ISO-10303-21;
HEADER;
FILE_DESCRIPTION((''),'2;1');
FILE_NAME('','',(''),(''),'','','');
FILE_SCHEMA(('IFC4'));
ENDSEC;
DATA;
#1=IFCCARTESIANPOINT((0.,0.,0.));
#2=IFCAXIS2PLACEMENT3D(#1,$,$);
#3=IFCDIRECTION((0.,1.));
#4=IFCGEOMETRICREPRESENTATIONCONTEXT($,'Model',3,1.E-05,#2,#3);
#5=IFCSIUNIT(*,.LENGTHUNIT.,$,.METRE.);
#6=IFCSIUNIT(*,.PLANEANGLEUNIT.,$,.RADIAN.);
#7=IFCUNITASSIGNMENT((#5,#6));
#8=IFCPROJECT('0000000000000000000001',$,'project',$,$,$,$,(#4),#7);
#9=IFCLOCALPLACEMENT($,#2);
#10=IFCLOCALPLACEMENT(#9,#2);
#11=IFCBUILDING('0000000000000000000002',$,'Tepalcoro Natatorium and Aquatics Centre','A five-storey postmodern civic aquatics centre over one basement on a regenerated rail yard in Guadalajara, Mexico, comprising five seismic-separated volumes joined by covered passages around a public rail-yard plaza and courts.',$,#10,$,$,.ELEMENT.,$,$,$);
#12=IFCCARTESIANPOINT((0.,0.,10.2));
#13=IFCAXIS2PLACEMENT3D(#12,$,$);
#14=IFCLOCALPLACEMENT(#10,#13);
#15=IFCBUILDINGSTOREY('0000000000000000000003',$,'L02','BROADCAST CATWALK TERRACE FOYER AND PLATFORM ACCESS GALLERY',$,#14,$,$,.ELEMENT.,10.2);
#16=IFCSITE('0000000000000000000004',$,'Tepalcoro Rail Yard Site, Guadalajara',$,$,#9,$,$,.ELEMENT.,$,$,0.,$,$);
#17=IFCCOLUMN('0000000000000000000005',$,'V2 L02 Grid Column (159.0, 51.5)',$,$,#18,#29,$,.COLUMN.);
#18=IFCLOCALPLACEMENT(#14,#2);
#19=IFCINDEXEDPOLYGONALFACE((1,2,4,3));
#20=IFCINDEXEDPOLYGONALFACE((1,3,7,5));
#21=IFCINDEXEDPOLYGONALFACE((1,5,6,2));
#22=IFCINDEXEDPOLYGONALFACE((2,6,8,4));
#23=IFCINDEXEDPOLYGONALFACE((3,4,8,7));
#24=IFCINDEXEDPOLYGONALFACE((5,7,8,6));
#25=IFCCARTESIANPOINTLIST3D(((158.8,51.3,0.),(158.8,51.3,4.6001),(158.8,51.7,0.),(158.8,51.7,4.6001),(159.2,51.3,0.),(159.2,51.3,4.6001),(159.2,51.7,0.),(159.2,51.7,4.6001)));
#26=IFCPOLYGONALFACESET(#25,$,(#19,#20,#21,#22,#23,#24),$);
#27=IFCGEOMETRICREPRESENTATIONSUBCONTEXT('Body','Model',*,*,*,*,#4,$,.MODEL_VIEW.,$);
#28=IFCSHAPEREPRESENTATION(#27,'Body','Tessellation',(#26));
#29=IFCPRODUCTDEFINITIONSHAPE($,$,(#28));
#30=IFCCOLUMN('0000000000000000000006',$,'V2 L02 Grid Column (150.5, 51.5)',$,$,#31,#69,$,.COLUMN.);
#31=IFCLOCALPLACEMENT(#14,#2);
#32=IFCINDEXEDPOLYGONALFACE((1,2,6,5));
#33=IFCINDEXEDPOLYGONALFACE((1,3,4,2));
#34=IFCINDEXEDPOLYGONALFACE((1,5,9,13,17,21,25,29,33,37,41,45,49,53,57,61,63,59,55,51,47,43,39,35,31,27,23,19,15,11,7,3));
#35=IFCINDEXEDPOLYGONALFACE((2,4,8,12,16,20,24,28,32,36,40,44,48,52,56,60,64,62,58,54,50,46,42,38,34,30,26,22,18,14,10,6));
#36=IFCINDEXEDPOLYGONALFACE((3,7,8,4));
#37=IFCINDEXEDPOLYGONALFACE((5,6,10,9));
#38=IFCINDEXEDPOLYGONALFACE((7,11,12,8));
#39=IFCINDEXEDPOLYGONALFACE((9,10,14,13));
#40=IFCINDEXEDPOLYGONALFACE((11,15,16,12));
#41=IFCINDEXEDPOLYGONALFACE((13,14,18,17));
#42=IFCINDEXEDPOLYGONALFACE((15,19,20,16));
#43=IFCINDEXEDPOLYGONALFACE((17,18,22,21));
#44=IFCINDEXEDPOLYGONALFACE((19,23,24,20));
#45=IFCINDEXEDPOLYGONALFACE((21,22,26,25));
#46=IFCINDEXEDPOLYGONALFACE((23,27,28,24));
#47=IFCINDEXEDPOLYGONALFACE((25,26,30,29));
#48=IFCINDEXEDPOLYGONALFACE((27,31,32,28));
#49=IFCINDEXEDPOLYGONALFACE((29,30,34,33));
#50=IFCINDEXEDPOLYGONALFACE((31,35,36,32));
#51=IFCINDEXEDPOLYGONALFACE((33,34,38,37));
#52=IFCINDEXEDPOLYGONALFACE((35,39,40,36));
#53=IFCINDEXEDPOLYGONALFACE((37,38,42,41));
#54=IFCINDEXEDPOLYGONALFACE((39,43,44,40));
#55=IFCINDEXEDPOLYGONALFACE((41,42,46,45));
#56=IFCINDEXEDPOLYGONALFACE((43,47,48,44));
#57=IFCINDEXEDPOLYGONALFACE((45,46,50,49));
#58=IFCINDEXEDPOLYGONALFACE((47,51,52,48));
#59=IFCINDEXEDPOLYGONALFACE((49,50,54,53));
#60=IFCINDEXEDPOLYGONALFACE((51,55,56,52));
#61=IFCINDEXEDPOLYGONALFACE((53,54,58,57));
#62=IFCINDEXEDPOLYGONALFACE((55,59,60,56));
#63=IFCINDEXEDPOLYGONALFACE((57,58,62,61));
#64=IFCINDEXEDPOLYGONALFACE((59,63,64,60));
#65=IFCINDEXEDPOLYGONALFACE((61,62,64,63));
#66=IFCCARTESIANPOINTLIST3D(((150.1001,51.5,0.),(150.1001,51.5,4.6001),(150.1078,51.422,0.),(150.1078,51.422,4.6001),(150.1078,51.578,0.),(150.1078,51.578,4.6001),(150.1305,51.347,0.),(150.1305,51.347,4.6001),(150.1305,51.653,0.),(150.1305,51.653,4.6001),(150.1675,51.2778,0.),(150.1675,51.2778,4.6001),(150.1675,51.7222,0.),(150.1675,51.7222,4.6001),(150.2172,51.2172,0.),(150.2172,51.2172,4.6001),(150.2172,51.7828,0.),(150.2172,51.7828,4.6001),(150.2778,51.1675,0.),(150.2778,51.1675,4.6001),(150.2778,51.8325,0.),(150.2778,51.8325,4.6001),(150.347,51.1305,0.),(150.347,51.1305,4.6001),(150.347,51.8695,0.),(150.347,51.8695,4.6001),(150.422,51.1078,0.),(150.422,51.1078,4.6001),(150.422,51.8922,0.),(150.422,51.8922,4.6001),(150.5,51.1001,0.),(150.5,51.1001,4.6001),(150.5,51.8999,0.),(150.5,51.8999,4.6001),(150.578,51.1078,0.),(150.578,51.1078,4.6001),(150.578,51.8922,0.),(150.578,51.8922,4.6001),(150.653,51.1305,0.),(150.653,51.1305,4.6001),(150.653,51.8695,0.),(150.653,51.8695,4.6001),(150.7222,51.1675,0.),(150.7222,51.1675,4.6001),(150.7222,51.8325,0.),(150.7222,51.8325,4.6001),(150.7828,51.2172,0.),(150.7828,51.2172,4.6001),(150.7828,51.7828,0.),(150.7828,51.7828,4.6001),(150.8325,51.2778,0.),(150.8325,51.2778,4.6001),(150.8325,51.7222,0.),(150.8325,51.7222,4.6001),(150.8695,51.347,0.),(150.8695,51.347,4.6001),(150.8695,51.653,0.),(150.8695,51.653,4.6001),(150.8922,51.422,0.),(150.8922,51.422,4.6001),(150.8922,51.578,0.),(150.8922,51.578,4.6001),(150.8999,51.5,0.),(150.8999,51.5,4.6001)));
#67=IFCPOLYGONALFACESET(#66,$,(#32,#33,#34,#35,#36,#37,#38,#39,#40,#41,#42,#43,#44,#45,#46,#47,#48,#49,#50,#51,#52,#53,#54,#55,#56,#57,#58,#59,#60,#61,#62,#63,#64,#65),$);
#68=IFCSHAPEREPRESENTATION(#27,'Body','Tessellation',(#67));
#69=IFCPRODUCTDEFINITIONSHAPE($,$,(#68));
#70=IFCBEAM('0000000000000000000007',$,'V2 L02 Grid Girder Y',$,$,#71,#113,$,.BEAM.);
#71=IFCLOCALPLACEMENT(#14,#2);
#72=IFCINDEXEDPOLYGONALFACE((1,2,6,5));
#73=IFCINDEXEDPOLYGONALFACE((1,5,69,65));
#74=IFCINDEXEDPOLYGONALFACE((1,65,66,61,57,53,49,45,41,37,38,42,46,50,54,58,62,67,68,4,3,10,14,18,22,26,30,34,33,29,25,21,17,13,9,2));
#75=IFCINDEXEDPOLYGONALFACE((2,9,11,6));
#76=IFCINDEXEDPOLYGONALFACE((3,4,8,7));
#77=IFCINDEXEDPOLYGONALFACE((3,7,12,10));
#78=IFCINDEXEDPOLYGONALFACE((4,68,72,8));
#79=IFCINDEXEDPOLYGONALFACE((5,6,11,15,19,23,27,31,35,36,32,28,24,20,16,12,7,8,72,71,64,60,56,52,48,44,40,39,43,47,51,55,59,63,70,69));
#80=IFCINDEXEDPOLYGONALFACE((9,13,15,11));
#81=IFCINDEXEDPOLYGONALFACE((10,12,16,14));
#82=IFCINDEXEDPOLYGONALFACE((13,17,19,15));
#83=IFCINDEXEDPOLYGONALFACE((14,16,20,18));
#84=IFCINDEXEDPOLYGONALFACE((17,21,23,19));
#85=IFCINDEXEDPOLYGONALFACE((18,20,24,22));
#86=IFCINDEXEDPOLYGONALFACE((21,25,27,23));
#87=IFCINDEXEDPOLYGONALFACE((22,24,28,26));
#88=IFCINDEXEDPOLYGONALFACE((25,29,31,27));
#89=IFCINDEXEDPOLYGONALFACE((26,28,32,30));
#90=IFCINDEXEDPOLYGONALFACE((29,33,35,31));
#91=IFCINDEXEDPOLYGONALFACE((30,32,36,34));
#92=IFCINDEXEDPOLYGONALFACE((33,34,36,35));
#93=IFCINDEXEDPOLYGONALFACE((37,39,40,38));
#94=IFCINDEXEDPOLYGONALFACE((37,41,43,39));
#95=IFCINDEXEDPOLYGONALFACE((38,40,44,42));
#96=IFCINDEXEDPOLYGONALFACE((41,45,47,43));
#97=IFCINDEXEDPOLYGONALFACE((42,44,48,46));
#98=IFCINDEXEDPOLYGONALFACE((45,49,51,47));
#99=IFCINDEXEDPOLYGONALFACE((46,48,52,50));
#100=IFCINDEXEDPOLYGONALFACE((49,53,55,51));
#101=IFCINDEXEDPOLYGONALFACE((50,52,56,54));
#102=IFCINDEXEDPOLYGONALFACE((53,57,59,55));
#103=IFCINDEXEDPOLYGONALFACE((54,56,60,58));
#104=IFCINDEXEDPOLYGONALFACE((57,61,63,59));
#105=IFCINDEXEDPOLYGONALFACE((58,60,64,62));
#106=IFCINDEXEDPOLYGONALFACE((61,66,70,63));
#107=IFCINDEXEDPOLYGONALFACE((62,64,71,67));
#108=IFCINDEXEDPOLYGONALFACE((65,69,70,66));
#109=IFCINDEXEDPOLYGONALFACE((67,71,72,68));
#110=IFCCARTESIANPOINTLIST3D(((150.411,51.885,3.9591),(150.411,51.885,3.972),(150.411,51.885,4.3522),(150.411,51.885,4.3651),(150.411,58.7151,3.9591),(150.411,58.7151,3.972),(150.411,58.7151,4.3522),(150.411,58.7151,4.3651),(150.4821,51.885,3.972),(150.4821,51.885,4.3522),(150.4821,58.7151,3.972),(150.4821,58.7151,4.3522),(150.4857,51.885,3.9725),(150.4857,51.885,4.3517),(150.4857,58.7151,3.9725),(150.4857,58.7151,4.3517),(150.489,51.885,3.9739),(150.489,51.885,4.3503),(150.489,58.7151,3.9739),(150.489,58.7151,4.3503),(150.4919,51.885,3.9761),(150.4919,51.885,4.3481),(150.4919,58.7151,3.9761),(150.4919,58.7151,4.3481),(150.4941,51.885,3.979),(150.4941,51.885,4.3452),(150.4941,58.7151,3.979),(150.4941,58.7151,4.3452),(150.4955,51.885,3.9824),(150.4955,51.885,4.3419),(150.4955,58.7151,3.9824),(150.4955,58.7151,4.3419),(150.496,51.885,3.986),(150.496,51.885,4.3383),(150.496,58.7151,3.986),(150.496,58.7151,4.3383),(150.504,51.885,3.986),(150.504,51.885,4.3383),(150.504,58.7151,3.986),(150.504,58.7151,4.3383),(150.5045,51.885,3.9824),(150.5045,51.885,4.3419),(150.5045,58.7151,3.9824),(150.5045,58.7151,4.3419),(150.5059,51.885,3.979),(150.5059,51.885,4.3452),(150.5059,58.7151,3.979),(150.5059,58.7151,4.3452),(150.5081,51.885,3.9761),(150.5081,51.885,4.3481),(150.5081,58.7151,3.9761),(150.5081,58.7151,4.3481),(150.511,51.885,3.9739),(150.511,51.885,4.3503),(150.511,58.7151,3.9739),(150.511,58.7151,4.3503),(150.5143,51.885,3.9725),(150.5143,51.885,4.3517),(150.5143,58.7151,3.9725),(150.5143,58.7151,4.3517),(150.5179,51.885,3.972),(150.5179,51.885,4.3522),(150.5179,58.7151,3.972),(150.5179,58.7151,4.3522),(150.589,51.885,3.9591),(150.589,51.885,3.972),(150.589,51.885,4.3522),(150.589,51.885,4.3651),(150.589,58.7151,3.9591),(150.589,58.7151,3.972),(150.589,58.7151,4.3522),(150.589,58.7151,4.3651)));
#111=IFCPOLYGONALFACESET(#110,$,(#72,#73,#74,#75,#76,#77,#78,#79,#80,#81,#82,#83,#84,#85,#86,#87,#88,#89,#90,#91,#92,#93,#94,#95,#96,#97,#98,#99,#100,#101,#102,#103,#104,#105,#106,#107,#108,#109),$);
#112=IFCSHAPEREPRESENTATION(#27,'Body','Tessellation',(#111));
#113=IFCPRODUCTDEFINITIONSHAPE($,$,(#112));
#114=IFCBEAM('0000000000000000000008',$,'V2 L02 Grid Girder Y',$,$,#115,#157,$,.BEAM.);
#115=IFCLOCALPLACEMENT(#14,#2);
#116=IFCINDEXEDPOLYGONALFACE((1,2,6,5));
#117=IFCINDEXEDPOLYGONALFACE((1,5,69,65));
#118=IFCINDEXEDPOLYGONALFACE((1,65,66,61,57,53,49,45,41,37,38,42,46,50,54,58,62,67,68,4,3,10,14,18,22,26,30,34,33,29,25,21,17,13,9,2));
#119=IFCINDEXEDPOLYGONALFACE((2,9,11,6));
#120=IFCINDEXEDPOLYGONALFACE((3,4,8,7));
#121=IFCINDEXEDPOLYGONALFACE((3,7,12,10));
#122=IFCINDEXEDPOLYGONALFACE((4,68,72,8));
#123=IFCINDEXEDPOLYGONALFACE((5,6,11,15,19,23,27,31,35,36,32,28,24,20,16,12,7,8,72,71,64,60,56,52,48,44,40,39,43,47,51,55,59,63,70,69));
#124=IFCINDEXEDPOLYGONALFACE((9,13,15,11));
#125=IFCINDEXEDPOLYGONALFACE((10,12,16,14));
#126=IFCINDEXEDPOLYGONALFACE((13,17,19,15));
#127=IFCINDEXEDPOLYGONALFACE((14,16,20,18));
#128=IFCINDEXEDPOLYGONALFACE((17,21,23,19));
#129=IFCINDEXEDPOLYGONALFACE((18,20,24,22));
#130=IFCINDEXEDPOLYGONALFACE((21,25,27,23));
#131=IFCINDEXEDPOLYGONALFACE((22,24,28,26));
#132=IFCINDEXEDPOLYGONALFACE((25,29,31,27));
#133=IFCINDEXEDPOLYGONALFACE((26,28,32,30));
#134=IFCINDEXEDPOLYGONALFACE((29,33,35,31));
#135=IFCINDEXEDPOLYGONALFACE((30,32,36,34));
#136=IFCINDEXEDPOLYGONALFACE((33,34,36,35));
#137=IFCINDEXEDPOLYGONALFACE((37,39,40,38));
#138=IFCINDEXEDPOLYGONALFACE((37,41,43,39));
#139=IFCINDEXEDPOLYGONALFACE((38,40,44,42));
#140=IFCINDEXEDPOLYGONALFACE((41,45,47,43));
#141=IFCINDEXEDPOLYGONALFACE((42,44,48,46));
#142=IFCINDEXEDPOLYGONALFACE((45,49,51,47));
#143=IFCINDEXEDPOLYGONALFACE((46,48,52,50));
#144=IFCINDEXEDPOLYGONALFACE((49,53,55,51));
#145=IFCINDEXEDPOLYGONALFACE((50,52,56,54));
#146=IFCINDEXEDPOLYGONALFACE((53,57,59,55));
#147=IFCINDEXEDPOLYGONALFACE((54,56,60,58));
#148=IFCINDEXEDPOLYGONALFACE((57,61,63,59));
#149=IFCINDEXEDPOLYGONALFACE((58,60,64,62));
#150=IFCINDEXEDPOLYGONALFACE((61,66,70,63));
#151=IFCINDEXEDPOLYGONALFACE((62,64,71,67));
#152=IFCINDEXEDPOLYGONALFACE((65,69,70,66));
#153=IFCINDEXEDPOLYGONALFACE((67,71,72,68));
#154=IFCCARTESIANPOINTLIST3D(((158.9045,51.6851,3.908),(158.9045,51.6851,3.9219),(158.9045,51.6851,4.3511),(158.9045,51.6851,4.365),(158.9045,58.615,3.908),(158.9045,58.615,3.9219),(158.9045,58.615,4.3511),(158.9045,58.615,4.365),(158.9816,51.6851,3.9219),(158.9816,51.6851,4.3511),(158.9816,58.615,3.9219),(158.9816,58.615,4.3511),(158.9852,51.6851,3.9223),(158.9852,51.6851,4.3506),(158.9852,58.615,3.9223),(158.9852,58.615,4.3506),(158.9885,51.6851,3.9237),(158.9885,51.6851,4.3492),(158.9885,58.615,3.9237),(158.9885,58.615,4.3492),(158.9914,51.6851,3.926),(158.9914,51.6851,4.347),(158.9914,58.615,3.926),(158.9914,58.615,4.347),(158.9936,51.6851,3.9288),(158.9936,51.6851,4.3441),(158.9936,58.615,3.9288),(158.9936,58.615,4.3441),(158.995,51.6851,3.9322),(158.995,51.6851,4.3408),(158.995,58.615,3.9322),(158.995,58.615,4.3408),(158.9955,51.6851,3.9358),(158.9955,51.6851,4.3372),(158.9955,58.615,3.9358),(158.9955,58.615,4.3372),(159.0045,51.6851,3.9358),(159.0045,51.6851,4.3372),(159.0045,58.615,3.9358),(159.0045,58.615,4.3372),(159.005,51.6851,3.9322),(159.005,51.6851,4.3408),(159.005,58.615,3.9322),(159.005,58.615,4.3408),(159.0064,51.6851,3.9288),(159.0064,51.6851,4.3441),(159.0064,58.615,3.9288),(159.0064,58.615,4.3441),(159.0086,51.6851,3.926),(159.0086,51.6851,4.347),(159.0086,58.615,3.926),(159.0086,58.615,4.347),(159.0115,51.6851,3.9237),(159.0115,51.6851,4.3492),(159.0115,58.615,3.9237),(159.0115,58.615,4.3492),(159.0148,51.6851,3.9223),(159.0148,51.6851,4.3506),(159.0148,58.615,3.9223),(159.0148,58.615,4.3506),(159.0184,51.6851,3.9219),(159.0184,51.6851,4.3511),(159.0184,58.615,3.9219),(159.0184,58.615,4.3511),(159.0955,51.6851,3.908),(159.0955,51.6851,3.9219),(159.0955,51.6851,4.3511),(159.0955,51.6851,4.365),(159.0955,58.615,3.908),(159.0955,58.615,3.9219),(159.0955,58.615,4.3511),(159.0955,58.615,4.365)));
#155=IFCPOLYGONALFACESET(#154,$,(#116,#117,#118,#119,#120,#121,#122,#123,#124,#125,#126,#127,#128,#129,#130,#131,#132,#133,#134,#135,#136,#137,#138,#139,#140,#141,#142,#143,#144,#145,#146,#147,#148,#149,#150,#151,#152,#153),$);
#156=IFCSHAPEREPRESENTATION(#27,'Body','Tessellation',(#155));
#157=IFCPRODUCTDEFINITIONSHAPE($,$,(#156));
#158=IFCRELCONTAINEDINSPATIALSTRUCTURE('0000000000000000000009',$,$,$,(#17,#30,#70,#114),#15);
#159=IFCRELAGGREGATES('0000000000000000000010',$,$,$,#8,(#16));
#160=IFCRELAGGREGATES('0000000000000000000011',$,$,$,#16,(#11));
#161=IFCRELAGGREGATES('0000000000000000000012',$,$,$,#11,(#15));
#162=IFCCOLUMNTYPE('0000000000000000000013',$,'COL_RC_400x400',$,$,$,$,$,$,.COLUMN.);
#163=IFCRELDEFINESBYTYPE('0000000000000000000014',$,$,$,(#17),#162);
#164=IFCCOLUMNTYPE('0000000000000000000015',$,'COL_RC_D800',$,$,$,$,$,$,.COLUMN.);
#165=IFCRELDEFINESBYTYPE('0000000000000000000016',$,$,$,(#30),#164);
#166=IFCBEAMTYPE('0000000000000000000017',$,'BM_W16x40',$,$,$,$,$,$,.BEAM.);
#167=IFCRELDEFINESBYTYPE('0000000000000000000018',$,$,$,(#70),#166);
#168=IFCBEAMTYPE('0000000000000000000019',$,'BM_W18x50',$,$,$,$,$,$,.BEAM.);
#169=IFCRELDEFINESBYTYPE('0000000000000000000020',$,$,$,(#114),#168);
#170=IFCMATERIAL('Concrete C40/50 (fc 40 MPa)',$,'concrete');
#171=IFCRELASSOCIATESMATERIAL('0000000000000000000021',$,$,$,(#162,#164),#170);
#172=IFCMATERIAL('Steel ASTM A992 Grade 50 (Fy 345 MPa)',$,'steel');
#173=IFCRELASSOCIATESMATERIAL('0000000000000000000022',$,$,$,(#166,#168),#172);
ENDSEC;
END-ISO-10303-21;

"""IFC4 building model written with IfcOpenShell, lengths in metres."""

from ifc_helpers import new_model, si_unit, direction, frame, origin, origin_2d, place, context, subcontext, project, spatial, rectangle, circle, i_section, extrude, material, material_profile, profile_set, type_object, element, save


model = new_model("IFC4")

# Units and contexts
model_context = context("Model", 3, precision=1e-05, world=origin(), true_north=direction((0.0, 1.0)))
body_context = subcontext(model_context, "Body", "Model", "MODEL_VIEW")
ifc_project = project(units=[si_unit("LENGTHUNIT", "METRE"), si_unit("PLANEANGLEUNIT", "RADIAN")], contexts=[model_context])

# Site, building, storey
site_placement = place(None, origin())
site = spatial("IfcSite", under=ifc_project, at=site_placement, Name="Tepalcoro Rail Yard Site, Guadalajara", CompositionType="ELEMENT", RefElevation=0.0)
building_placement = place(site_placement, origin())
building = spatial("IfcBuilding", under=site, at=building_placement, Name="Tepalcoro Natatorium and Aquatics Centre", Description="A five-storey postmodern civic aquatics centre over one basement on a regenerated rail yard in Guadalajara, Mexico, comprising five seismic-separated volumes joined by covered passages around a public rail-yard plaza and courts.", CompositionType="ELEMENT")
storey_placement = place(building_placement, frame((0.0, 0.0, 10.2)))
storey = spatial("IfcBuildingStorey", under=building, at=storey_placement, Name="L02", Description="BROADCAST CATWALK TERRACE FOYER AND PLATFORM ACCESS GALLERY", CompositionType="ELEMENT", Elevation=10.2)

# Columns
ifc_material_1 = material(Name="Concrete C40/50 (fc 40 MPa)", Category="concrete")
ifc_material_profile_1 = material_profile(ifc_material_1, rectangle(XDim=0.3999, YDim=0.3999, at=origin_2d()), Name="RC400x400")
ifc_profile_set_1 = profile_set([ifc_material_profile_1], Name="Concrete C40/50 (fc 40 MPa)")
column_type_1 = type_object("IfcColumnType", Name="COL_RC_400x400", PredefinedType="COLUMN", material=ifc_profile_set_1)
column_1_placement = place(storey_placement, frame((159.0, 51.5, 0.0), z_axis=(0.0, 0.0, 1.0), x_axis=(1.0, 0.0, 0.0)))
element("IfcColumn", 1, at=column_1_placement, inside=storey, type_object=column_type_1, Name="V2 L02 Grid Column (159.0, 51.5)", PredefinedType="COLUMN", context=body_context, shape_type="SweptSolid", body=[
    extrude(rectangle(XDim=0.3999, YDim=0.3999, at=origin_2d()), origin(), (0.0, 0.0, 1.0), 4.6001),
])
ifc_material_profile_2 = material_profile(ifc_material_1, circle(Radius=0.3999, at=origin_2d()), Name="RCD800")
ifc_profile_set_2 = profile_set([ifc_material_profile_2], Name="Concrete C40/50 (fc 40 MPa)")
column_type_2 = type_object("IfcColumnType", Name="COL_RC_D800", PredefinedType="COLUMN", material=ifc_profile_set_2)
column_2_placement = place(storey_placement, frame((150.5, 51.5, 0.0), z_axis=(0.0, 0.0, 1.0), x_axis=(1.0, 0.0, 0.0)))
element("IfcColumn", 2, at=column_2_placement, inside=storey, type_object=column_type_2, Name="V2 L02 Grid Column (150.5, 51.5)", PredefinedType="COLUMN", context=body_context, shape_type="SweptSolid", body=[
    extrude(circle(Radius=0.3999, at=origin_2d()), origin(), (0.0, 0.0, 1.0), 4.6001),
])

# Beams
ifc_material_2 = material(Name="Steel ASTM A992 Grade 50 (Fy 345 MPa)", Category="steel")
ifc_material_profile_3 = material_profile(ifc_material_2, i_section(OverallWidth=0.178, OverallDepth=0.406, WebThickness=0.0081, FlangeThickness=0.0129, FilletRadius=0.0139, at=origin_2d()), Name="W16X40")
ifc_profile_set_3 = profile_set([ifc_material_profile_3], Name="Steel ASTM A992 Grade 50 (Fy 345 MPa)")
beam_type_1 = type_object("IfcBeamType", Name="BM_W16x40", PredefinedType="BEAM", material=ifc_profile_set_3)
beam_1_placement = place(storey_placement, frame((150.5, 51.885, 4.1621), z_axis=(0.0, 1.0, 0.0), x_axis=(-1.0, 0.0, 0.0)))
element("IfcBeam", 3, at=beam_1_placement, inside=storey, type_object=beam_type_1, Name="V2 L02 Grid Girder Y", PredefinedType="BEAM", context=body_context, shape_type="SweptSolid", body=[
    extrude(i_section(OverallWidth=0.178, OverallDepth=0.406, WebThickness=0.0081, FlangeThickness=0.0129, FilletRadius=0.0139, at=origin_2d()), origin(), (0.0, 0.0, 1.0), 6.8301),
])
ifc_material_profile_4 = material_profile(ifc_material_2, i_section(OverallWidth=0.1909, OverallDepth=0.457, WebThickness=0.009, FlangeThickness=0.0139, FilletRadius=0.0139, at=origin_2d()), Name="W18X50")
ifc_profile_set_4 = profile_set([ifc_material_profile_4], Name="Steel ASTM A992 Grade 50 (Fy 345 MPa)")
beam_type_2 = type_object("IfcBeamType", Name="BM_W18x50", PredefinedType="BEAM", material=ifc_profile_set_4)
beam_2_placement = place(storey_placement, frame((159.0, 51.6851, 4.1365), z_axis=(0.0, 1.0, 0.0), x_axis=(-1.0, 0.0, 0.0)))
element("IfcBeam", 4, at=beam_2_placement, inside=storey, type_object=beam_type_2, Name="V2 L02 Grid Girder Y", PredefinedType="BEAM", context=body_context, shape_type="SweptSolid", body=[
    extrude(i_section(OverallWidth=0.1909, OverallDepth=0.457, WebThickness=0.009, FlangeThickness=0.0139, FilletRadius=0.0139, at=origin_2d()), origin(), (0.0, 0.0, 1.0), 6.9299),
])

save(model, "model.ifc")
